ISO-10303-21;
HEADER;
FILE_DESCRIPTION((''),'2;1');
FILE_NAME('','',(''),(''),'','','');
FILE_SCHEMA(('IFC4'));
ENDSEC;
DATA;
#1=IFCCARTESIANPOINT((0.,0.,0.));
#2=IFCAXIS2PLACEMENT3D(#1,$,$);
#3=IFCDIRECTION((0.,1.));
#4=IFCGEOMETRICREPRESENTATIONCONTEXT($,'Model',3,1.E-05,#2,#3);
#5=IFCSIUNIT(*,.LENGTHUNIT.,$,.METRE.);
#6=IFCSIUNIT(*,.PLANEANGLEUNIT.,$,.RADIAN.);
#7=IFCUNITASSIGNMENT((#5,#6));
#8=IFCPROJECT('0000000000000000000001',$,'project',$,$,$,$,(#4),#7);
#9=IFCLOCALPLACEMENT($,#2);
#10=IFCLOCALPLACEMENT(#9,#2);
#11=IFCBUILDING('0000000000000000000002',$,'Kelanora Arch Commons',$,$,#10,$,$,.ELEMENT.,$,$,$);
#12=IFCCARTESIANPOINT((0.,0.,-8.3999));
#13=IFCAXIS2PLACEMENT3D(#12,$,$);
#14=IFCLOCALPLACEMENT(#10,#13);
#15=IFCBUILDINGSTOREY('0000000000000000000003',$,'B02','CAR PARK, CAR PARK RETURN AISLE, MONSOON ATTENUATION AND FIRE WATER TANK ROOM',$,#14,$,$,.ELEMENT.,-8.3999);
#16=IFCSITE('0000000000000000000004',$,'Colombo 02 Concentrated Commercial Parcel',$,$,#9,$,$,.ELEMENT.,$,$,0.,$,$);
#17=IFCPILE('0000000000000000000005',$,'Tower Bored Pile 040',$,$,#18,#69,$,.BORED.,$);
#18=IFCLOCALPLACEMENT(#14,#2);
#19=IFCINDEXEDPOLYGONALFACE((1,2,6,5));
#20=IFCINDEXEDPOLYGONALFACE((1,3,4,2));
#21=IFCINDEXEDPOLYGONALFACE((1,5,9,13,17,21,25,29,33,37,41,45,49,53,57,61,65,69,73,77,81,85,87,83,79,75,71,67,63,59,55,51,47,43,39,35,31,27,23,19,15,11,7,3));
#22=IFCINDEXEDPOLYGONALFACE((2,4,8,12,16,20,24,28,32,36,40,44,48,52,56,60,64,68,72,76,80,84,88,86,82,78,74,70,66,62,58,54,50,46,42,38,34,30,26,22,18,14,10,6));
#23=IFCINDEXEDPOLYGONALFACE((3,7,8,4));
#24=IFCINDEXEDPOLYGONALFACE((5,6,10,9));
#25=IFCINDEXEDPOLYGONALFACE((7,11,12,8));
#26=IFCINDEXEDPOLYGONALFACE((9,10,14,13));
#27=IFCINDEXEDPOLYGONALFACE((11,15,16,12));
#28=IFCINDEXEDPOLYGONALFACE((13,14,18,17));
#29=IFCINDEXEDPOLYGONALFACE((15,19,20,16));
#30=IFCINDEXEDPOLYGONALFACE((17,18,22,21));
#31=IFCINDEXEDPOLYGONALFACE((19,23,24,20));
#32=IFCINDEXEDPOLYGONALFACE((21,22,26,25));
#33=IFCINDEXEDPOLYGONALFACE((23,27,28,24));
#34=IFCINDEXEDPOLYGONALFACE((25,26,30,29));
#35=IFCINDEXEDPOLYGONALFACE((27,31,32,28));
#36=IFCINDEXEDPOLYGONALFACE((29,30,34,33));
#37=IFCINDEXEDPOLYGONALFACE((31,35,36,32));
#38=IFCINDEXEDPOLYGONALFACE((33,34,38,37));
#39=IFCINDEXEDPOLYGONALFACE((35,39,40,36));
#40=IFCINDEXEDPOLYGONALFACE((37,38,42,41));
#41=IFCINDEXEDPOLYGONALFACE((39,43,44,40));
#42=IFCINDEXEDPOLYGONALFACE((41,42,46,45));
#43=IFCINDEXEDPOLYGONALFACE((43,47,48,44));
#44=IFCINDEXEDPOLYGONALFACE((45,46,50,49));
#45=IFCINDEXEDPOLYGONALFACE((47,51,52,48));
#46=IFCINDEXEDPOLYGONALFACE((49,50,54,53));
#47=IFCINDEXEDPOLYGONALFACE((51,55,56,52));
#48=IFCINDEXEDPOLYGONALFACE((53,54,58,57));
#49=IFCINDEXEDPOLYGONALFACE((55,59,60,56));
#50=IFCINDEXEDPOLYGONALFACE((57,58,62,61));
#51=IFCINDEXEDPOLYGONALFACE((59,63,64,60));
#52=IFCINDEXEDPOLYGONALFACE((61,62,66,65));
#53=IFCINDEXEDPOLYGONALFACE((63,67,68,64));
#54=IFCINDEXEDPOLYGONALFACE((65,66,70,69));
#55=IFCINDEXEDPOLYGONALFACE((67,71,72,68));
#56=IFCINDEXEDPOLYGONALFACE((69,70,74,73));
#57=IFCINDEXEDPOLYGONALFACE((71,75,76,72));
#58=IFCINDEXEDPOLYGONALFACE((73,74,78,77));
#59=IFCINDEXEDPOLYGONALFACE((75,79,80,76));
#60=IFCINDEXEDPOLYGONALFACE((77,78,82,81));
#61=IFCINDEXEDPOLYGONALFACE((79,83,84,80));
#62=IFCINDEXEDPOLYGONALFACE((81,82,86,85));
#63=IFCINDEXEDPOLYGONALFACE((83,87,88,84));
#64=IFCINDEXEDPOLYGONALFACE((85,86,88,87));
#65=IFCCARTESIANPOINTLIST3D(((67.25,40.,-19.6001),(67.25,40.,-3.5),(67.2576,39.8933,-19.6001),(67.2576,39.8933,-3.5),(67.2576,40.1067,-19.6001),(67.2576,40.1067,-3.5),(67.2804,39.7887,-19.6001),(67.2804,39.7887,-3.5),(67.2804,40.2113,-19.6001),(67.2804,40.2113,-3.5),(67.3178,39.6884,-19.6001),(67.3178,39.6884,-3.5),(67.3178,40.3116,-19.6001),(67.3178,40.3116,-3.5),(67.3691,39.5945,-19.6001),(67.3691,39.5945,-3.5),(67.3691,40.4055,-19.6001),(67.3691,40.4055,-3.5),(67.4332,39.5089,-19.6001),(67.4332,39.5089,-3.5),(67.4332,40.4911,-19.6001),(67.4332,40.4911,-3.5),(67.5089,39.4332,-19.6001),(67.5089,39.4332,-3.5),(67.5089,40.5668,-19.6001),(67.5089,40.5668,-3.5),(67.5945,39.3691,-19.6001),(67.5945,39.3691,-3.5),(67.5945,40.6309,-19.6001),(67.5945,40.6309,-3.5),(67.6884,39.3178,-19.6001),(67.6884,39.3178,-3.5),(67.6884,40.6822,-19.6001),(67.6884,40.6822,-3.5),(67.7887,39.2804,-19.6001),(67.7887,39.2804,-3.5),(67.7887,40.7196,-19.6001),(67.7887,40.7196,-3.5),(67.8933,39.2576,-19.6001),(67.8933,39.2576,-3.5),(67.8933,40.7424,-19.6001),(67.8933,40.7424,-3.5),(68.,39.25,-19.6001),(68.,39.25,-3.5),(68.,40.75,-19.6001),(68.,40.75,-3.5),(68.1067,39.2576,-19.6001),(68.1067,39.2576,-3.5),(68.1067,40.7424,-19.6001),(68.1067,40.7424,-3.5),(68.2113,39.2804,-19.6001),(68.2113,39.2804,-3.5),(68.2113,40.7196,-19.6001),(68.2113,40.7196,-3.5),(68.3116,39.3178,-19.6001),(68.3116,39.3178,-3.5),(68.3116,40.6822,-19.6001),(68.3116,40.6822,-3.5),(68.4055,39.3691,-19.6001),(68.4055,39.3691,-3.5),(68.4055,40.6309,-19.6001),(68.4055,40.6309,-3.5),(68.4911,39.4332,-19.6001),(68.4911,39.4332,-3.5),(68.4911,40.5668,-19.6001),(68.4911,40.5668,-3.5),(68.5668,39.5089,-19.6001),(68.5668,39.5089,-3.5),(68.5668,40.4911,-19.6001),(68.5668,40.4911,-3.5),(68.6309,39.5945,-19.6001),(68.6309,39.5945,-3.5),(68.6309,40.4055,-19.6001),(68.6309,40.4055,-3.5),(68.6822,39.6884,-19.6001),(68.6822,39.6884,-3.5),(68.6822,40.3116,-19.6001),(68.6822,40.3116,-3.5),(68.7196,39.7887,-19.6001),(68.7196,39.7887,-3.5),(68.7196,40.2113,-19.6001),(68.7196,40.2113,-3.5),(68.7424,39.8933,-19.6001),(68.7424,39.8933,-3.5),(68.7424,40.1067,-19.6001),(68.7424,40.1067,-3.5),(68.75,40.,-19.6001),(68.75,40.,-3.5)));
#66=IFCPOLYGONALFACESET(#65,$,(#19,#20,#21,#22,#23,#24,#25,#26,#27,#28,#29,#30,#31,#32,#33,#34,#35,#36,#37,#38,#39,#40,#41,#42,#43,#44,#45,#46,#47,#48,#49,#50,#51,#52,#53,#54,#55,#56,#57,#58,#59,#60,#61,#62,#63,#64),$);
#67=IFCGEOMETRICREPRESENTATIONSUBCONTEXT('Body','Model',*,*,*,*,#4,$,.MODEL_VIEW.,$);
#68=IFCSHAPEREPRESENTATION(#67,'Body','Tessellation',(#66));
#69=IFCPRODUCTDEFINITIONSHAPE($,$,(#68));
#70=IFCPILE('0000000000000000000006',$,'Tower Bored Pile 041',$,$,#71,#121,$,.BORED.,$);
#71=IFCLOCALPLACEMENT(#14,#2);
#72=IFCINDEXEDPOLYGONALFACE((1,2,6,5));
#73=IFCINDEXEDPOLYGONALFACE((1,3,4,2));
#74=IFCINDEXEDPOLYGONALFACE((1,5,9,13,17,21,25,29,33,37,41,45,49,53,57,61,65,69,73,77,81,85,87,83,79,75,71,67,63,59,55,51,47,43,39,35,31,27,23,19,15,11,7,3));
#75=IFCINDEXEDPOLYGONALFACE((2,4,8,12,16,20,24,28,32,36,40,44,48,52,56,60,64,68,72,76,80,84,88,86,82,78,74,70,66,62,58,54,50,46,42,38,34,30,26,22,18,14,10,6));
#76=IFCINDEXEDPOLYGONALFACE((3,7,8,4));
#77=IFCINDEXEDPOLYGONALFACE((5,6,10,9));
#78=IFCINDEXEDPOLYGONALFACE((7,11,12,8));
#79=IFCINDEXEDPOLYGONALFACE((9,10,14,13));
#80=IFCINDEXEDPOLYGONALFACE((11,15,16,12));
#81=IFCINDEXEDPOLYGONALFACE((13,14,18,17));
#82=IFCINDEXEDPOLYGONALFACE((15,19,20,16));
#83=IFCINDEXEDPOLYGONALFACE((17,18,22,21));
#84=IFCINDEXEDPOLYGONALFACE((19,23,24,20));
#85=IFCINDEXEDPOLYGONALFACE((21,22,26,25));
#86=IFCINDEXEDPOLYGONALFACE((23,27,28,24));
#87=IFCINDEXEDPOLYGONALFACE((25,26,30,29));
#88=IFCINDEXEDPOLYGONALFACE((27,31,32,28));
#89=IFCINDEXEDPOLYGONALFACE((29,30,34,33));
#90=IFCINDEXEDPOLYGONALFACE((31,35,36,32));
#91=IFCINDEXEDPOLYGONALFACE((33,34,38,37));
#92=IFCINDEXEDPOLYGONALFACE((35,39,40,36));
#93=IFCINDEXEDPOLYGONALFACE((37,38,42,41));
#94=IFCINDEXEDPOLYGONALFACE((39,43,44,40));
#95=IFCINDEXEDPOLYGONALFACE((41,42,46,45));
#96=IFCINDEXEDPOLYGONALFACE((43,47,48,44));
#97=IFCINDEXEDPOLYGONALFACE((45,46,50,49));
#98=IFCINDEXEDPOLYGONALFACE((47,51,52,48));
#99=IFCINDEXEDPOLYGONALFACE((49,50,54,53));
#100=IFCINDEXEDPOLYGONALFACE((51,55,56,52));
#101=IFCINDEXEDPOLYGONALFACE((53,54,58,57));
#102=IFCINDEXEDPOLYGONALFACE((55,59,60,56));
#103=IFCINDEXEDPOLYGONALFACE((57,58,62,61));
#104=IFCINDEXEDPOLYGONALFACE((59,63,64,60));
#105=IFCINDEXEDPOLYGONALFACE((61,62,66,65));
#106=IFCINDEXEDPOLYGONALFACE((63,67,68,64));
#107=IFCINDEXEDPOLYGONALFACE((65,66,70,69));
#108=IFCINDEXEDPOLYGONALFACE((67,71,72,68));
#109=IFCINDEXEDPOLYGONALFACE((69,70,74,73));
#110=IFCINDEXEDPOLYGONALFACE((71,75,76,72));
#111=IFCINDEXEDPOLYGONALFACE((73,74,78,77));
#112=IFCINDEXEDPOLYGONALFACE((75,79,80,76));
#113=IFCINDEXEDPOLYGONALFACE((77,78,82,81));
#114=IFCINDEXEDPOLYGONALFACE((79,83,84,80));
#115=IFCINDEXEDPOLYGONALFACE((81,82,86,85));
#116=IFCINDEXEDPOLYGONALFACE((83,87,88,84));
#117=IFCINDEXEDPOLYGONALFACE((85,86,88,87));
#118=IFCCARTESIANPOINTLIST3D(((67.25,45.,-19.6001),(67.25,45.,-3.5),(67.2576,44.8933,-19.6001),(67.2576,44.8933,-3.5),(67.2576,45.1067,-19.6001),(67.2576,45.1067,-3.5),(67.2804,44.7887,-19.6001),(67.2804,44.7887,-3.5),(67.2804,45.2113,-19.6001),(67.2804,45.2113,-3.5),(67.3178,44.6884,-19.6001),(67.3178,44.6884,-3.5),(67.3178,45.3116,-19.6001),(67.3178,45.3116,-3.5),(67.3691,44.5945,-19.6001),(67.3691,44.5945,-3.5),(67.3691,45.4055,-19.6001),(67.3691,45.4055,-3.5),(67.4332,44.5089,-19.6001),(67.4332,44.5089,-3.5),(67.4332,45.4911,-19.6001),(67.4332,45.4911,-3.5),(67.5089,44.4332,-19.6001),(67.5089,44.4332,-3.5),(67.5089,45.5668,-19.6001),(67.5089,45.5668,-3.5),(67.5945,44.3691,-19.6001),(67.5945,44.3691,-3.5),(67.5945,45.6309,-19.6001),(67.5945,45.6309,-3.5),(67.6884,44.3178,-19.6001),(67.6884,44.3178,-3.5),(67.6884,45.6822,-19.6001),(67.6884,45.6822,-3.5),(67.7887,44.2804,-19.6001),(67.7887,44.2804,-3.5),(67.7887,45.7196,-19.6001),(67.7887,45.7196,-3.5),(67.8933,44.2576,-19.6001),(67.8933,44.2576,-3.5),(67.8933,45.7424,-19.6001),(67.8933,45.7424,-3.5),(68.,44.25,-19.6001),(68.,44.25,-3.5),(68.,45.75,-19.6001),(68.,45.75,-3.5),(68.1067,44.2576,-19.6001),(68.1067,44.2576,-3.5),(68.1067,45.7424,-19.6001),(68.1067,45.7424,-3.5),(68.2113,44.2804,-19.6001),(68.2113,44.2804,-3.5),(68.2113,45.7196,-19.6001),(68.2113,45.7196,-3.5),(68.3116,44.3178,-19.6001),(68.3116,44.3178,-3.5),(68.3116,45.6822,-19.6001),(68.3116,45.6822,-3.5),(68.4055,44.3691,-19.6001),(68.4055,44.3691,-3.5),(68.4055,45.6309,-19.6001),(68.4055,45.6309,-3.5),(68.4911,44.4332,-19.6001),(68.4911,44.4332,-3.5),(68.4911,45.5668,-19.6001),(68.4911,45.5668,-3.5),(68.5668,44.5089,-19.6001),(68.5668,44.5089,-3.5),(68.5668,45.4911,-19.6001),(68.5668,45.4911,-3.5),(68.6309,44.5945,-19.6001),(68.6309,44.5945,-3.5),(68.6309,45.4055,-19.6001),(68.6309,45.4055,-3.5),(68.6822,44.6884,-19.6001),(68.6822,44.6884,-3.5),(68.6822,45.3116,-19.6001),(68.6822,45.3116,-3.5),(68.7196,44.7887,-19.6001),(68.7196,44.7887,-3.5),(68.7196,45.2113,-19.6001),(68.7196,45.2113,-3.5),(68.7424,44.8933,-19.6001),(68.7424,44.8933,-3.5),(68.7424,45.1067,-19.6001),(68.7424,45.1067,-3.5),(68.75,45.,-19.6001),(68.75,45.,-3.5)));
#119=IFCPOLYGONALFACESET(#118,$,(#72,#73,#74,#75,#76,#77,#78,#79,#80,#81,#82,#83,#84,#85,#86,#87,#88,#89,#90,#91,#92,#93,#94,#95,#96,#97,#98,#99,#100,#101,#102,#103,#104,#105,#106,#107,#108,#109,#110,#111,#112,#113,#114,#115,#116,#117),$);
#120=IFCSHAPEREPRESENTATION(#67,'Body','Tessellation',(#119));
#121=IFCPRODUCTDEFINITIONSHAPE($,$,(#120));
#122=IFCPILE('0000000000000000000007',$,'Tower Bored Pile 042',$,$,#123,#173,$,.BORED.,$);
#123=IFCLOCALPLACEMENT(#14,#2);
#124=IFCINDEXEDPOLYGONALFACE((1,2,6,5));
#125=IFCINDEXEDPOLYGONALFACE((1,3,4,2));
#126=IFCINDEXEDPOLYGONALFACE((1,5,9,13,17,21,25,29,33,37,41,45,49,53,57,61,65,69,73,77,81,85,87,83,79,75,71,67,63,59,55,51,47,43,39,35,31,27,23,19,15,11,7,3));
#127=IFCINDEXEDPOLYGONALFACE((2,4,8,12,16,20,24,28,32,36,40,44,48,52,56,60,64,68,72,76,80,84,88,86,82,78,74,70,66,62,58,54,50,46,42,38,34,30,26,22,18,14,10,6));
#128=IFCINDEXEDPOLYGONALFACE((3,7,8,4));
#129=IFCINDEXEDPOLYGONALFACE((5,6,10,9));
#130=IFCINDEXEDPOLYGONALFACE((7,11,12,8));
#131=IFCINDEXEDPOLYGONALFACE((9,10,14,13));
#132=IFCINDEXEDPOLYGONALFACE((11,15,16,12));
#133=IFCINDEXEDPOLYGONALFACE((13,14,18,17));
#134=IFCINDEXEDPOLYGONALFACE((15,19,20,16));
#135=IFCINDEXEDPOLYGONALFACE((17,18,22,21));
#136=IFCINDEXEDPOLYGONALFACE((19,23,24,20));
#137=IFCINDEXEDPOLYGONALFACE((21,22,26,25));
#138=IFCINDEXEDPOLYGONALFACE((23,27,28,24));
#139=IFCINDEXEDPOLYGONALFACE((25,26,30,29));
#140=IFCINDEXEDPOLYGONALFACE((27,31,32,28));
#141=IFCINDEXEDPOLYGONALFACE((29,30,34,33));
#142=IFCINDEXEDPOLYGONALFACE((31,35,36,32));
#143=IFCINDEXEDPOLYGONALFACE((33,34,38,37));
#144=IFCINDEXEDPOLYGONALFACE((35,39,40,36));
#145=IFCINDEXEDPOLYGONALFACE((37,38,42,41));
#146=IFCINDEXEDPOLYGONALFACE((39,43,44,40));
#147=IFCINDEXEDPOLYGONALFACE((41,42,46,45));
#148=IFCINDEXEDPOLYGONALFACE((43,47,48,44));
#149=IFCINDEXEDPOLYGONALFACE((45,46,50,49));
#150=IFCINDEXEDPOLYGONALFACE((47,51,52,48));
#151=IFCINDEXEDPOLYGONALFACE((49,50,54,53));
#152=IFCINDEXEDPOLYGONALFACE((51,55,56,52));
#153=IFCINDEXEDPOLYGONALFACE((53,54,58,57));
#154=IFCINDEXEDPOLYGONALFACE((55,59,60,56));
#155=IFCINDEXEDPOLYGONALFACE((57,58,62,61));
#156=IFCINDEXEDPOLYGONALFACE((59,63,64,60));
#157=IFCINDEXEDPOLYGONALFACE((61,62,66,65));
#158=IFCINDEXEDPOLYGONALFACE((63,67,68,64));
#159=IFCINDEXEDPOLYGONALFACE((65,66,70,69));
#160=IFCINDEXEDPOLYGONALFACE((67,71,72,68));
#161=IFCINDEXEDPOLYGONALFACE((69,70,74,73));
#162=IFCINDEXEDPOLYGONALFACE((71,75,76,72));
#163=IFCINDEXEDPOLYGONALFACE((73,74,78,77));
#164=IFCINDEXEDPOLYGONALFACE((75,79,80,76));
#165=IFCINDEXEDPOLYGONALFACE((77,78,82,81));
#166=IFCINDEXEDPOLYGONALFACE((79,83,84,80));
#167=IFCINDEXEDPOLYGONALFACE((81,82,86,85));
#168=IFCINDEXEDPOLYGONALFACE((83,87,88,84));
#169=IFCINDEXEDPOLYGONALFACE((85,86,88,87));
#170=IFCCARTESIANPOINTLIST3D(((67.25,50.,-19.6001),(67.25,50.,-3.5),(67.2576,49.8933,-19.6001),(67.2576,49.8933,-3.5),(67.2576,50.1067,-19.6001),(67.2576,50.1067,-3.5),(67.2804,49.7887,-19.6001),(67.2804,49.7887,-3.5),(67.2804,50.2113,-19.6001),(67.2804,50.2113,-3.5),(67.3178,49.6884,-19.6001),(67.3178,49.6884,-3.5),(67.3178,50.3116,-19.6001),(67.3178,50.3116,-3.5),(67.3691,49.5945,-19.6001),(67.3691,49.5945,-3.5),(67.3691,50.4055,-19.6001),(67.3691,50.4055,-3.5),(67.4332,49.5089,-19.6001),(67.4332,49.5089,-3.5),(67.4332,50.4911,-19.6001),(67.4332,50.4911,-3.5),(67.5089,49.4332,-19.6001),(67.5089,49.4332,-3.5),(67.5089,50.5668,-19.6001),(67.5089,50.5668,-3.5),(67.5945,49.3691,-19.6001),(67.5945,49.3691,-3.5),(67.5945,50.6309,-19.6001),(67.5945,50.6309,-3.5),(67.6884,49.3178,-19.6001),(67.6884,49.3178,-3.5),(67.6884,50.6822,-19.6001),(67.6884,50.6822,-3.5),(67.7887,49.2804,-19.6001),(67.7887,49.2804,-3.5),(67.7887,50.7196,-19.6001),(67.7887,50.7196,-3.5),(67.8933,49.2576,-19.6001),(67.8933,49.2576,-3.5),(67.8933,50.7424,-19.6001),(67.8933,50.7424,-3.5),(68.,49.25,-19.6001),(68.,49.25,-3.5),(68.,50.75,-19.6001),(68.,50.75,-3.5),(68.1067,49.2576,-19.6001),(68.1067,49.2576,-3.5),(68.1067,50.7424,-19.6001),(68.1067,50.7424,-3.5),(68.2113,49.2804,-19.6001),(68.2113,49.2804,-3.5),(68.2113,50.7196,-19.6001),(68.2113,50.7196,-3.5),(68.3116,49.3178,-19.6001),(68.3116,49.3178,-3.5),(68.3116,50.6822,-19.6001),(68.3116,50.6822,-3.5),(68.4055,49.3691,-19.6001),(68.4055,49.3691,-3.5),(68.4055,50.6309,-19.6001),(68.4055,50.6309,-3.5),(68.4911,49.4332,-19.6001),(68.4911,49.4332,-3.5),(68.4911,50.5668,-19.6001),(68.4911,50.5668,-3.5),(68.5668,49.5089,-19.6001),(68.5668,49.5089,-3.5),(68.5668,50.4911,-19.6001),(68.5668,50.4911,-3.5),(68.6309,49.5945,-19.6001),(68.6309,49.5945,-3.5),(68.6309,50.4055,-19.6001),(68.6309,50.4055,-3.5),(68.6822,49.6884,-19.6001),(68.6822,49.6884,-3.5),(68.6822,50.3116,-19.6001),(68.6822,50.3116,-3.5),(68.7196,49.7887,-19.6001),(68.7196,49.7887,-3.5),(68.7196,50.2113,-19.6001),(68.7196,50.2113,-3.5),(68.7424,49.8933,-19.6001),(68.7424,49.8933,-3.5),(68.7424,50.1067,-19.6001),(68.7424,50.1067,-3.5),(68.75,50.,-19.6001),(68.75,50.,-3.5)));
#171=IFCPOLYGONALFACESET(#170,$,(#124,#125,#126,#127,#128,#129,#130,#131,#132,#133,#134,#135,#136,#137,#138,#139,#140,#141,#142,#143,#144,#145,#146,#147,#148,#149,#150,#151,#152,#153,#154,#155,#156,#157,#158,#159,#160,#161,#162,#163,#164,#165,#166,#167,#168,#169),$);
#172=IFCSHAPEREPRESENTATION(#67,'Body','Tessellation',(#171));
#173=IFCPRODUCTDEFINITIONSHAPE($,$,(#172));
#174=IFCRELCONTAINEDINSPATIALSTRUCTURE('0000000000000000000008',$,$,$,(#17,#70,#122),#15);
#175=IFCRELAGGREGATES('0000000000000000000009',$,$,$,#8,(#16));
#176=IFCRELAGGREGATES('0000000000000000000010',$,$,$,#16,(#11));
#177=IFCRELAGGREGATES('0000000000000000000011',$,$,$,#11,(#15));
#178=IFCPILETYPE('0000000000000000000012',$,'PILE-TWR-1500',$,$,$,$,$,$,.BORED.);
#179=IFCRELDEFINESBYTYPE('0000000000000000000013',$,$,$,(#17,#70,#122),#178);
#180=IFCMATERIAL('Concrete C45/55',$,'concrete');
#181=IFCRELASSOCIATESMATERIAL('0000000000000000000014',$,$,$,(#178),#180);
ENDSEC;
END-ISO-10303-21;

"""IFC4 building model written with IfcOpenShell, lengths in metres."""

from ifc_helpers import new_model, si_unit, direction, frame, origin, origin_2d, place, context, subcontext, project, spatial, circle, extrude, source, transform, mapped, material, material_profile, profile_set, type_object, element, save


model = new_model("IFC4")

# Units and contexts
model_context = context("Model", 3, precision=1e-05, world=origin(), true_north=direction((0.0, 1.0)))
body_context = subcontext(model_context, "Body", "Model", "MODEL_VIEW")
ifc_project = project(units=[si_unit("LENGTHUNIT", "METRE"), si_unit("PLANEANGLEUNIT", "RADIAN")], contexts=[model_context])

# Site, building, storey
site_placement = place(None, origin())
site = spatial("IfcSite", under=ifc_project, at=site_placement, Name="Colombo 02 Concentrated Commercial Parcel", CompositionType="ELEMENT", RefElevation=0.0)
building_placement = place(site_placement, origin())
building = spatial("IfcBuilding", under=site, at=building_placement, Name="Kelanora Arch Commons", CompositionType="ELEMENT")
storey_placement = place(building_placement, frame((0.0, 0.0, -8.3999)))
storey = spatial("IfcBuildingStorey", under=building, at=storey_placement, Name="B02", Description="CAR PARK, CAR PARK RETURN AISLE, MONSOON ATTENUATION AND FIRE WATER TANK ROOM", CompositionType="ELEMENT", Elevation=-8.3999)

# Piles
ifc_material_1 = material(Name="Concrete C45/55", Category="concrete")
ifc_material_profile_1 = material_profile(ifc_material_1, circle(Radius=0.75, at=origin_2d()), Name="PILE1500")
ifc_profile_set_1 = profile_set([ifc_material_profile_1], Name="Concrete C45/55")
pile_type = type_object("IfcPileType", Name="PILE-TWR-1500", PredefinedType="BORED", material=ifc_profile_set_1)
shared_shape = source(origin(), body_context, "Body", "SweptSolid", [
    extrude(circle(Radius=0.75, at=origin_2d()), origin(), (0.0, 0.0, 1.0), 16.1001),
])
for number, where, z_axis, x_axis, name in (
    (1, (68.0, 40.0, -3.5), (0.0, 0.0, -1.0), (1.0, 0.0, 0.0), "Tower Bored Pile 040"),
    (2, (68.0, 45.0, -3.5), (0.0, 0.0, -1.0), (1.0, 0.0, 0.0), "Tower Bored Pile 041"),
    (3, (68.0, 50.0, -3.5), (0.0, 0.0, -1.0), (1.0, 0.0, 0.0), "Tower Bored Pile 042"),
):
    element("IfcPile", number, at=place(storey_placement, frame(where, z_axis=z_axis, x_axis=x_axis)), inside=storey, type_object=pile_type, Name=name, PredefinedType="BORED", context=body_context, shape_type="MappedRepresentation", body=[
        mapped(shared_shape, transform((0.0, 0.0, 0.0), scale=1.0)),
    ])

save(model, "model.ifc")
